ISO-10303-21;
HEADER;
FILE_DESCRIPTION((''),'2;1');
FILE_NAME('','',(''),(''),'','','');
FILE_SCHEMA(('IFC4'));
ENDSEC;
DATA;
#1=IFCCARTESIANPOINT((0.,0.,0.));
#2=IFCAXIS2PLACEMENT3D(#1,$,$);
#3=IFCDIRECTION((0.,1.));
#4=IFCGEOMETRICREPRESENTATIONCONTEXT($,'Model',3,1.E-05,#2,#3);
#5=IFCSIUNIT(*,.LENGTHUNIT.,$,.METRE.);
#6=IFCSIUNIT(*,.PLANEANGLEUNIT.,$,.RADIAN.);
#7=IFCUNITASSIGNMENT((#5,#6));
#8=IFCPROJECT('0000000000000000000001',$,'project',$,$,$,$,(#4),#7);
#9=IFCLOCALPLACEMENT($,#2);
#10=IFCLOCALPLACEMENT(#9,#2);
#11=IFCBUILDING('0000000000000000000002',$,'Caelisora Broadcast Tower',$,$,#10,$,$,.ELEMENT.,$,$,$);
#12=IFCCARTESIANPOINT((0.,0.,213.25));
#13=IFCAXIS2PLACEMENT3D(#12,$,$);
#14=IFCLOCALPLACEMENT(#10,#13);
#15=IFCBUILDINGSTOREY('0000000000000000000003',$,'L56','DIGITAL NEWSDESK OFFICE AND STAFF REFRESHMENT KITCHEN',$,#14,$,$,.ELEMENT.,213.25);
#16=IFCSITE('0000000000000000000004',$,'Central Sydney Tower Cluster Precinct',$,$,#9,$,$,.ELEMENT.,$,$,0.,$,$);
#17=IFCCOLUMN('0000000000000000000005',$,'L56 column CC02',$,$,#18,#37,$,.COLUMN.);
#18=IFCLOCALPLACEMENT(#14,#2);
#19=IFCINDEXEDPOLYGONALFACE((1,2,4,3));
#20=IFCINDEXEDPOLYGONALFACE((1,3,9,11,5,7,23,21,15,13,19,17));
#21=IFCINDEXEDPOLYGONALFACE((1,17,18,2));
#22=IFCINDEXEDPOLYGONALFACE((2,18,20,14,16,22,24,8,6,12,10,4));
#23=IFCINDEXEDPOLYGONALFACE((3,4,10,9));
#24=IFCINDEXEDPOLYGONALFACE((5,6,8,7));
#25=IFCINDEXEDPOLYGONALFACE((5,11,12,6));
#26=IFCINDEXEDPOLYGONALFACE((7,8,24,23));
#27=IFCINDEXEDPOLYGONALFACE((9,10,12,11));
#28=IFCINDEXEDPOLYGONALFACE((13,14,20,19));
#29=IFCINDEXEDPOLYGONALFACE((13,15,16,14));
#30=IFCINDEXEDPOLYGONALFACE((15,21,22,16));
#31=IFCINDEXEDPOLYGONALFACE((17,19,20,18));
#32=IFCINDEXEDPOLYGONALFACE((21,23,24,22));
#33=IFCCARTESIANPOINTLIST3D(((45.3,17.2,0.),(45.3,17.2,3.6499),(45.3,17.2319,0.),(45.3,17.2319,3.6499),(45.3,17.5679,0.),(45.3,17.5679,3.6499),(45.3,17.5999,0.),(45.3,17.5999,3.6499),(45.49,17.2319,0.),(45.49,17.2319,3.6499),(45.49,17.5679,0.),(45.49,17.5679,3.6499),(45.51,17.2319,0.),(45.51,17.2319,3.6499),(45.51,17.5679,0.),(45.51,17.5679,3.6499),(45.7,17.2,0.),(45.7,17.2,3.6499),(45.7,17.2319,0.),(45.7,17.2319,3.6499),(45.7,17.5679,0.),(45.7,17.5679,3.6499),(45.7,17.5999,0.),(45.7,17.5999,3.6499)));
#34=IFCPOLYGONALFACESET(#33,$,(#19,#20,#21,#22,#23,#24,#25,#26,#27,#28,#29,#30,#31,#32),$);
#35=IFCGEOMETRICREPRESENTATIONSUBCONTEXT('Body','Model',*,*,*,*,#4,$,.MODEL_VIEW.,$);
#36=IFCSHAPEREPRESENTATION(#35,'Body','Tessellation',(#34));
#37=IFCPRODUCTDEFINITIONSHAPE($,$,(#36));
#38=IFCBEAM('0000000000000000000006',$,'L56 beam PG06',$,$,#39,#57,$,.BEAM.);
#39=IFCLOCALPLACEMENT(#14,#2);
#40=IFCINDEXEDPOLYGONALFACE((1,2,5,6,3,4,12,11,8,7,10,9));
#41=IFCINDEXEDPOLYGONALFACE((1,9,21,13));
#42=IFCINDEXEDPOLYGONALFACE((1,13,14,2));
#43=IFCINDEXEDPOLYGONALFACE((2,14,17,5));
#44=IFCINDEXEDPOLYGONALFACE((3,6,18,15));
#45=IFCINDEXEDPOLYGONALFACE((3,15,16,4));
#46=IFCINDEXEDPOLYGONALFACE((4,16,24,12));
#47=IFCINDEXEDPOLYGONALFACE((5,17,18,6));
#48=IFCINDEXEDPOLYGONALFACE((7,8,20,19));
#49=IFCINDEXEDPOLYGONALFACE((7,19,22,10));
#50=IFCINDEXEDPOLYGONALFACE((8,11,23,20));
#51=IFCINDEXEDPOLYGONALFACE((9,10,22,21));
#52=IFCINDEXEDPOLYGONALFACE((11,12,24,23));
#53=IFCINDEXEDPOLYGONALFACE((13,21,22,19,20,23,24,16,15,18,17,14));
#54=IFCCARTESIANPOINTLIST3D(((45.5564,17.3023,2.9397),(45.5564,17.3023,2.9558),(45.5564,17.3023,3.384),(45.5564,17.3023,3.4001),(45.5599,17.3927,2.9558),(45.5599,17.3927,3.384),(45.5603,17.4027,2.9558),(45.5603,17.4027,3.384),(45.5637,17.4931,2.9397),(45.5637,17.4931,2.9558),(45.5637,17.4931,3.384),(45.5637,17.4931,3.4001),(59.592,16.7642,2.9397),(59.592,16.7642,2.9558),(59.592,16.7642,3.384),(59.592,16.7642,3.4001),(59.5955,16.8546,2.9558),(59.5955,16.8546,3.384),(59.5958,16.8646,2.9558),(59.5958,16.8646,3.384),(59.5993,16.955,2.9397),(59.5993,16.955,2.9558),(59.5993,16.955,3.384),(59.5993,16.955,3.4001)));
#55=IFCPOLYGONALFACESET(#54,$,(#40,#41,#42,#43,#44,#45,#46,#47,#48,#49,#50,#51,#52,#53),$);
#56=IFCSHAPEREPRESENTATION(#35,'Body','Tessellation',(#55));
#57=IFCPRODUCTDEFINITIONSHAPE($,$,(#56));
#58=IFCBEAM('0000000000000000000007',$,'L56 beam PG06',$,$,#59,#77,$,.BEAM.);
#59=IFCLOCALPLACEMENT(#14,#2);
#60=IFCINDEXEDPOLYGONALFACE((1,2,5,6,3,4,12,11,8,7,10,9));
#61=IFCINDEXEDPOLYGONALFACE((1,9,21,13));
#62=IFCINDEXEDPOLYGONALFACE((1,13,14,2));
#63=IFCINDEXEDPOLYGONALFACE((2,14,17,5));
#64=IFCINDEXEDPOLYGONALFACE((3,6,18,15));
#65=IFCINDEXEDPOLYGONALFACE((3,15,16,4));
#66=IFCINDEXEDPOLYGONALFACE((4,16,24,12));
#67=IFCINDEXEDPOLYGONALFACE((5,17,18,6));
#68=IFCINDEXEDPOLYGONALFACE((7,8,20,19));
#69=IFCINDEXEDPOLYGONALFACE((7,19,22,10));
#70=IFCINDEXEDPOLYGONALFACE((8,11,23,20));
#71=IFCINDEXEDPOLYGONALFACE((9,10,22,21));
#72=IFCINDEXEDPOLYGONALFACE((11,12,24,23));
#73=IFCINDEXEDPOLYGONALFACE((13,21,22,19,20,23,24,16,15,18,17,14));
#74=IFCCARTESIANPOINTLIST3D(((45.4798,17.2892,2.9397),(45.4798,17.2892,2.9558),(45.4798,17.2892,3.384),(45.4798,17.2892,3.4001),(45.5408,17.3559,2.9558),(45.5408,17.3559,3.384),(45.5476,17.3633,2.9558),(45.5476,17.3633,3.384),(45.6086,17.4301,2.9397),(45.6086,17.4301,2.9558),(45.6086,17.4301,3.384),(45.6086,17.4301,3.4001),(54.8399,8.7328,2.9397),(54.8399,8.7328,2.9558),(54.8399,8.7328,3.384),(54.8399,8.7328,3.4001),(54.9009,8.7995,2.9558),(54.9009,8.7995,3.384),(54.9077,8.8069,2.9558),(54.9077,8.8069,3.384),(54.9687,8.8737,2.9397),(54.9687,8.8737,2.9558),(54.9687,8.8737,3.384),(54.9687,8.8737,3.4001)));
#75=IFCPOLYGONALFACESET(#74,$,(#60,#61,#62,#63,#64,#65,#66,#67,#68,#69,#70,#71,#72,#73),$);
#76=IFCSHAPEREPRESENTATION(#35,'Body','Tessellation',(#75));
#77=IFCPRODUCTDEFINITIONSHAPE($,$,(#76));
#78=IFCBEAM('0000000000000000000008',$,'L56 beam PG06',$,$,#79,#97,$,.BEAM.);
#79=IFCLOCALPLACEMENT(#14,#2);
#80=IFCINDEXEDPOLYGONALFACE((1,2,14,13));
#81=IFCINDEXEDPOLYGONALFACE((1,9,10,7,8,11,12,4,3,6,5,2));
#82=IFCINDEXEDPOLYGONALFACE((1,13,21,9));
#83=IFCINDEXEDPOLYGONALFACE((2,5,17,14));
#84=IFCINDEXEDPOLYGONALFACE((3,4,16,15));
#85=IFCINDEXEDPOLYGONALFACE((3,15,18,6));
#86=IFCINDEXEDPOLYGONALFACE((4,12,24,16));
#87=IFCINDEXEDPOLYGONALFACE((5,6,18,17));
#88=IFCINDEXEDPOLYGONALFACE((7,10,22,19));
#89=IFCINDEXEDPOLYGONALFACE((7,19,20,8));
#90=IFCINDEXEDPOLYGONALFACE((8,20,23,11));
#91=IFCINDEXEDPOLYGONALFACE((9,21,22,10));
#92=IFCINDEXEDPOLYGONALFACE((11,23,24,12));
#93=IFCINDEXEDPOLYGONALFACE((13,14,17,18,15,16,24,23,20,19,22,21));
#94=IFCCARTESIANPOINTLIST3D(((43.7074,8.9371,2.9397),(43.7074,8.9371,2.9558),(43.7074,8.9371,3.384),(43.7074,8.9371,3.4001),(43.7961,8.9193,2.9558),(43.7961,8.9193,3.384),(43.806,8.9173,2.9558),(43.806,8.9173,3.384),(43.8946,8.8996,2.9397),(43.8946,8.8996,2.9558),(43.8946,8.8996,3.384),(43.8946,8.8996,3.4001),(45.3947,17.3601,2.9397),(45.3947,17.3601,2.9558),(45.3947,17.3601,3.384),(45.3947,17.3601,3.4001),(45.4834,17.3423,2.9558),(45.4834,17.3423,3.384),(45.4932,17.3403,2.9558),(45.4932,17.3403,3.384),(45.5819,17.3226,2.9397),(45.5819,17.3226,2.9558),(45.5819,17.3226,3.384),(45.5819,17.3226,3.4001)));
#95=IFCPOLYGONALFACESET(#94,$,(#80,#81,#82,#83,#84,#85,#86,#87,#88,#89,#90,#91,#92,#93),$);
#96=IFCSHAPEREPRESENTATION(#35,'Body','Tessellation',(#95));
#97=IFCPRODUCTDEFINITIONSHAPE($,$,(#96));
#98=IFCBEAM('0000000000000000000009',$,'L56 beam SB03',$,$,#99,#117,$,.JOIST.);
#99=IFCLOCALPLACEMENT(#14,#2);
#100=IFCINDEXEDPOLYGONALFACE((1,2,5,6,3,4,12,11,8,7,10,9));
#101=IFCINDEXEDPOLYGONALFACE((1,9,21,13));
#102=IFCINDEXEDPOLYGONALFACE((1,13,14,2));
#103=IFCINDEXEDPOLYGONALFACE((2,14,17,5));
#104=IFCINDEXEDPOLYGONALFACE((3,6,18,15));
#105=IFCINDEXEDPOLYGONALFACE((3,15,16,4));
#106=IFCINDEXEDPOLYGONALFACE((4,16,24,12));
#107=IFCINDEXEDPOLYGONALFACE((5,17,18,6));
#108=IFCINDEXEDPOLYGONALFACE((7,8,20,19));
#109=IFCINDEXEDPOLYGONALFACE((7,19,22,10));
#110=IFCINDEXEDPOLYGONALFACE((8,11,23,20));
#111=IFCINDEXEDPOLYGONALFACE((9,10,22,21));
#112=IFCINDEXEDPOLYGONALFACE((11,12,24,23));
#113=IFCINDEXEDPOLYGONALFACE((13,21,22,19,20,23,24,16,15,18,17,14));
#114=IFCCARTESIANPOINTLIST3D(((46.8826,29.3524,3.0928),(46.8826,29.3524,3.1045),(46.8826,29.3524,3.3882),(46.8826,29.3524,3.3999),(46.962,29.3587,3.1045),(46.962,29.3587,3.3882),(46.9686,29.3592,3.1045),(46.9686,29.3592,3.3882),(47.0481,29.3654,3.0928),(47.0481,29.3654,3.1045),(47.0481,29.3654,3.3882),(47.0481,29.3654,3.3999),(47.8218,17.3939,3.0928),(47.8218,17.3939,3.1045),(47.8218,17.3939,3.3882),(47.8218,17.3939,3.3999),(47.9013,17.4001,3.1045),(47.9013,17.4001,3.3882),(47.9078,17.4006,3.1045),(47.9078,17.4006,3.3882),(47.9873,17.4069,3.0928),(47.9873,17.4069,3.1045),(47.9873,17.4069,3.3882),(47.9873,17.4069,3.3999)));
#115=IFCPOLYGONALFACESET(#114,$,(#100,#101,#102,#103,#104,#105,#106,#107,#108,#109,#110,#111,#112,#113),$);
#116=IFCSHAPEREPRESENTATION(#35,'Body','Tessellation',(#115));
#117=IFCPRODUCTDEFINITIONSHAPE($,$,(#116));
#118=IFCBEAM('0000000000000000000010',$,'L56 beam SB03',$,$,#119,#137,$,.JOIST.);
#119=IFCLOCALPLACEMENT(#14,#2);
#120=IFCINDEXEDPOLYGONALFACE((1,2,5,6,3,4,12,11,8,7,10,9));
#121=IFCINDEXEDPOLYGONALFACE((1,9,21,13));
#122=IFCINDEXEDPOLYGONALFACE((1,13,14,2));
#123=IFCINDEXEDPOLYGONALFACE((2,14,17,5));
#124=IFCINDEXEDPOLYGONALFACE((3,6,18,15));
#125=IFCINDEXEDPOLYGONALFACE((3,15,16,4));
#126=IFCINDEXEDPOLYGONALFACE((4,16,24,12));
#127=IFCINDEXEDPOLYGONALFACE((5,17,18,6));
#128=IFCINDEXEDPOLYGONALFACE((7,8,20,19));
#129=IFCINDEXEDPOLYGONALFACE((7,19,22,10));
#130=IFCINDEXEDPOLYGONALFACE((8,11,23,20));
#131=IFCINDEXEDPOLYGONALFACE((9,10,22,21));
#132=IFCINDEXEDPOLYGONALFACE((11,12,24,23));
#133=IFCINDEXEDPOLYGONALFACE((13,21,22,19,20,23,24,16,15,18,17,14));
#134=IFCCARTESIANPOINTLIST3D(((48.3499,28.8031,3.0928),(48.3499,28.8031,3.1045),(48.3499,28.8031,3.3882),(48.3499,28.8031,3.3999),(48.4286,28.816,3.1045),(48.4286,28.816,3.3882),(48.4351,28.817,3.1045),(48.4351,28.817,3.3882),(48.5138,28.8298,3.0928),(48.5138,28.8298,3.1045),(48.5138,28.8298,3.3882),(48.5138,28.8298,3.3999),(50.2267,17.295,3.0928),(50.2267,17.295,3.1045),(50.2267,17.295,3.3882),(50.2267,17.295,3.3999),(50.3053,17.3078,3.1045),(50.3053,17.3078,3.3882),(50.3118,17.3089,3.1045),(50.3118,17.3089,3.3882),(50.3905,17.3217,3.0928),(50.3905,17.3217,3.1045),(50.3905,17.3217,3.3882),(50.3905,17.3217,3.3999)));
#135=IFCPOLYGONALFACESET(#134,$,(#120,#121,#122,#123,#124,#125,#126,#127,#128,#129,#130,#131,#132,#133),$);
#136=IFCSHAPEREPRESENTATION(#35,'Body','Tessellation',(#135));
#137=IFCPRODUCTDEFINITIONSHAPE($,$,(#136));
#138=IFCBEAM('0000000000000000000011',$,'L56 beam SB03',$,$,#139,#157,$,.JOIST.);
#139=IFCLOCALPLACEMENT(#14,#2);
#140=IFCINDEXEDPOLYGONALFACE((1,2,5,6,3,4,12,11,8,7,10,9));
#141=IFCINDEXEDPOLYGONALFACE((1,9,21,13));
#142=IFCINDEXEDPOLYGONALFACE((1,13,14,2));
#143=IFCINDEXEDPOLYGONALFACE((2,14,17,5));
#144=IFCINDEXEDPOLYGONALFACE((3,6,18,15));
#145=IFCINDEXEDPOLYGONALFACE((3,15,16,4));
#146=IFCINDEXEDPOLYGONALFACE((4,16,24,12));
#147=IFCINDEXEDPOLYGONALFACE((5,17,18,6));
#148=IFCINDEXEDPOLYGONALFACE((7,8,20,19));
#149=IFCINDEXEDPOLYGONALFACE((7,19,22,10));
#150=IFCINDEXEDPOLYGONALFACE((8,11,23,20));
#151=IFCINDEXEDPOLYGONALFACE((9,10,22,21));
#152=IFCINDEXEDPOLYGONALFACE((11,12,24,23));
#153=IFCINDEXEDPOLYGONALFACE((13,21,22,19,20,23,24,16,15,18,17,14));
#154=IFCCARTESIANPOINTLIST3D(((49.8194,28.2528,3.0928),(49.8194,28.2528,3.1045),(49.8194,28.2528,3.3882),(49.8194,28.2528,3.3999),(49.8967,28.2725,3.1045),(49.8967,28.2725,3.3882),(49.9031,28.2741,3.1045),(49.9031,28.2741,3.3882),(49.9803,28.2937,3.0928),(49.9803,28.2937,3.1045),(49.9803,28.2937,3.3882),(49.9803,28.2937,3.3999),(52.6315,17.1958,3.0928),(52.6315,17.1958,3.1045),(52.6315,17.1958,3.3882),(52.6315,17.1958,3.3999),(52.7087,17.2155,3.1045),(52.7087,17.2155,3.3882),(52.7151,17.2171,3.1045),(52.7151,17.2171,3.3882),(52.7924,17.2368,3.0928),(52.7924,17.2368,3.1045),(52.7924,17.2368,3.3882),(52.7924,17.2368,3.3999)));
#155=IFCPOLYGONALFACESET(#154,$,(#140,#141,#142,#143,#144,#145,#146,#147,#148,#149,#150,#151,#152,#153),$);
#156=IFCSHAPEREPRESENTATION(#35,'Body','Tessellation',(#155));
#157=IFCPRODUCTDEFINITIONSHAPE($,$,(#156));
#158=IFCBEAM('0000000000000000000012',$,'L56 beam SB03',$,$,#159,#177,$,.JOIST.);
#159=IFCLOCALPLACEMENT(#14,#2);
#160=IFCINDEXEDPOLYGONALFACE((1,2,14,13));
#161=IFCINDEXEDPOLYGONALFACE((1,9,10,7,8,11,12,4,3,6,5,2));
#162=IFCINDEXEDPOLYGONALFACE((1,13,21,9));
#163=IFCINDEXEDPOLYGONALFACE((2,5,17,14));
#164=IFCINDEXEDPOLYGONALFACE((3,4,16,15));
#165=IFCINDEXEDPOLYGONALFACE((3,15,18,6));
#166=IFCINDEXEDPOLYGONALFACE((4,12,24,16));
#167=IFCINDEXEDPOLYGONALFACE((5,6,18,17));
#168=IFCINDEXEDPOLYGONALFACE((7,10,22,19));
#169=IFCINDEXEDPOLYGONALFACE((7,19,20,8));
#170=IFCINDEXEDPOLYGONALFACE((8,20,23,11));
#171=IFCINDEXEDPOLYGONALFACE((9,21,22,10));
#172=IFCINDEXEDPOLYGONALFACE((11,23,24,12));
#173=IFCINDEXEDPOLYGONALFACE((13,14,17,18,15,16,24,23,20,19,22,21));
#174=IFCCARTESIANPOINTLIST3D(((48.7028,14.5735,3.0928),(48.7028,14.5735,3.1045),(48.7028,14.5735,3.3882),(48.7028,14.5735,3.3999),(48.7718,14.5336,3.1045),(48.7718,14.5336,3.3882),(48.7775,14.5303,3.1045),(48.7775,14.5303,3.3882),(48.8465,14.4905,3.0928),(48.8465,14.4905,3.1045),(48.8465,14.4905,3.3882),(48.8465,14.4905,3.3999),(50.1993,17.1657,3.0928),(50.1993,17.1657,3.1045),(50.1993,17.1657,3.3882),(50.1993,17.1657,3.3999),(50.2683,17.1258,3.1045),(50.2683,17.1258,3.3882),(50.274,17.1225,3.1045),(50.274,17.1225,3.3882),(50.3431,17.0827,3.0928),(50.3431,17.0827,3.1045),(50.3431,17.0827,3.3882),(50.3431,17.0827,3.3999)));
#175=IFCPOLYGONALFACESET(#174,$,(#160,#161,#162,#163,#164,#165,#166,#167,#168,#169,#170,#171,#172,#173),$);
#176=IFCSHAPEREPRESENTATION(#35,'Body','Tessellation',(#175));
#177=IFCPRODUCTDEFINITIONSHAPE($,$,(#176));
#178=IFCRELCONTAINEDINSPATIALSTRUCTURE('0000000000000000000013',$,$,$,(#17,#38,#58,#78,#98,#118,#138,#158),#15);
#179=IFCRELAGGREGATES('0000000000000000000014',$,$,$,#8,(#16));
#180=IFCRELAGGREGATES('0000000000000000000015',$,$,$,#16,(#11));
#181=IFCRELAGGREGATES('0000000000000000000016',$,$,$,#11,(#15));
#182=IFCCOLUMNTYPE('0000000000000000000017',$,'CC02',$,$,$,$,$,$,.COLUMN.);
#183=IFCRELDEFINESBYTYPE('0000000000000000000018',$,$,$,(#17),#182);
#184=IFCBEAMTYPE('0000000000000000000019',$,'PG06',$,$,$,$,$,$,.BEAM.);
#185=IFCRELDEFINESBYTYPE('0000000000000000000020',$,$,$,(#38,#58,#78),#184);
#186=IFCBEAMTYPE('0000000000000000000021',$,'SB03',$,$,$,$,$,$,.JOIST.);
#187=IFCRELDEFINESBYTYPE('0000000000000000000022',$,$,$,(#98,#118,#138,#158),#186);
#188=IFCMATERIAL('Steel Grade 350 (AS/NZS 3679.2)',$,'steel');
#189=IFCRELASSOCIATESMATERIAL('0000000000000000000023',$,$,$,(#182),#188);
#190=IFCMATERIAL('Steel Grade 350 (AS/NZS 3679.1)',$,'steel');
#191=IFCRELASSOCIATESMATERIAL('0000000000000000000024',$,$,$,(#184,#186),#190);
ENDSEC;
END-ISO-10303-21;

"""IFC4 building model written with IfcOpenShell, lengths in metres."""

from ifc_helpers import new_model, si_unit, direction, frame, origin, origin_2d, place, context, subcontext, project, spatial, i_section, extrude, source, transform, mapped, material, material_profile, profile_set, type_object, type_shapes, element, save


model = new_model("IFC4")

# Units and contexts
model_context = context("Model", 3, precision=1e-05, world=origin(), true_north=direction((0.0, 1.0)))
body_context = subcontext(model_context, "Body", "Model", "MODEL_VIEW")
ifc_project = project(units=[si_unit("LENGTHUNIT", "METRE"), si_unit("PLANEANGLEUNIT", "RADIAN")], contexts=[model_context])

# Site, building, storey
site_placement = place(None, origin())
site = spatial("IfcSite", under=ifc_project, at=site_placement, Name="Central Sydney Tower Cluster Precinct", CompositionType="ELEMENT", RefElevation=0.0)
building_placement = place(site_placement, origin())
building = spatial("IfcBuilding", under=site, at=building_placement, Name="Caelisora Broadcast Tower", CompositionType="ELEMENT")
storey_placement = place(building_placement, frame((0.0, 0.0, 213.25)))
storey = spatial("IfcBuildingStorey", under=building, at=storey_placement, Name="L56", Description="DIGITAL NEWSDESK OFFICE AND STAFF REFRESHMENT KITCHEN", CompositionType="ELEMENT", Elevation=213.25)

# Column
ifc_material_1 = material(Name="Steel Grade 350 (AS/NZS 3679.2)", Category="steel")
ifc_material_profile_1 = material_profile(ifc_material_1, i_section(OverallWidth=0.3999, OverallDepth=0.3999, WebThickness=0.02, FlangeThickness=0.032, at=origin_2d()), Name="Steel Grade 350 (AS/NZS 3679.2)")
ifc_profile_set_1 = profile_set([ifc_material_profile_1], Name="Steel Grade 350 (AS/NZS 3679.2)")
column_type = type_object("IfcColumnType", Name="CC02", PredefinedType="COLUMN", material=ifc_profile_set_1)
shared_shape_1 = source(origin(), body_context, "Body", "SweptSolid", [
    extrude(i_section(OverallWidth=0.3999, OverallDepth=0.3999, WebThickness=0.02, FlangeThickness=0.032, at=origin_2d()), origin(), (0.0, 0.0, 1.0), 3.6499),
])
type_shapes(column_type, [shared_shape_1])
column_placement = place(storey_placement, frame((45.5, 17.3999, 0.0), z_axis=(0.0, 0.0, 1.0), x_axis=(1.0, 0.0, 0.0)))
element("IfcColumn", 1, at=column_placement, inside=storey, type_object=column_type, Name="L56 column CC02", PredefinedType="COLUMN", context=body_context, shape_type="MappedRepresentation", body=[
    mapped(shared_shape_1, transform((0.0, 0.0, 0.0), scale=1.0)),
])

# Beams
ifc_material_2 = material(Name="Steel Grade 350 (AS/NZS 3679.1)", Category="steel")
ifc_material_profile_2 = material_profile(ifc_material_2, i_section(OverallWidth=0.1909, OverallDepth=0.4604, WebThickness=0.01, FlangeThickness=0.0161, at=origin_2d()), Name="Steel Grade 350 (AS/NZS 3679.1)")
ifc_profile_set_2 = profile_set([ifc_material_profile_2], Name="Steel Grade 350 (AS/NZS 3679.1)")
beam_type_1 = type_object("IfcBeamType", Name="PG06", PredefinedType="BEAM", material=ifc_profile_set_2)
shared_shape_2 = source(origin(), body_context, "Body", "SweptSolid", [
    extrude(i_section(OverallWidth=0.1909, OverallDepth=0.4604, WebThickness=0.01, FlangeThickness=0.0161, at=origin_2d()), origin(), (0.0, 0.0, 1.0), 14.0459),
])
beam_1_placement = place(storey_placement, frame((45.5601, 17.3977, 3.1699), z_axis=(0.999266, -0.038309, 0.0), x_axis=(0.038309, 0.999266, 0.0)))
element("IfcBeam", 2, at=beam_1_placement, inside=storey, type_object=beam_type_1, Name="L56 beam PG06", PredefinedType="BEAM", context=body_context, shape_type="MappedRepresentation", body=[
    mapped(shared_shape_2, transform((0.0, 0.0, 0.0), scale=1.0)),
])
shared_shape_3 = source(origin(), body_context, "Body", "SweptSolid", [
    extrude(i_section(OverallWidth=0.1909, OverallDepth=0.4604, WebThickness=0.01, FlangeThickness=0.0161, at=origin_2d()), origin(), (0.0, 0.0, 1.0), 12.6816),
])
beam_2_placement = place(storey_placement, frame((45.5442, 17.3596, 3.1699), z_axis=(0.738084, -0.674708, 0.0), x_axis=(0.674708, 0.738084, 0.0)))
element("IfcBeam", 3, at=beam_2_placement, inside=storey, type_object=beam_type_1, Name="L56 beam PG06", PredefinedType="BEAM", context=body_context, shape_type="MappedRepresentation", body=[
    mapped(shared_shape_3, transform((0.0, 0.0, 0.0), scale=1.0)),
])
shared_shape_4 = source(origin(), body_context, "Body", "SweptSolid", [
    extrude(i_section(OverallWidth=0.1909, OverallDepth=0.4604, WebThickness=0.01, FlangeThickness=0.0161, at=origin_2d()), origin(), (0.0, 0.0, 1.0), 8.5903),
])
type_shapes(beam_type_1, [shared_shape_2, shared_shape_3, shared_shape_4])
beam_3_placement = place(storey_placement, frame((45.4883, 17.3413, 3.1699), z_axis=(-0.196411, -0.980522, 0.0), x_axis=(0.980522, -0.196411, 0.0)))
element("IfcBeam", 4, at=beam_3_placement, inside=storey, type_object=beam_type_1, Name="L56 beam PG06", PredefinedType="BEAM", context=body_context, shape_type="MappedRepresentation", body=[
    mapped(shared_shape_4, transform((0.0, 0.0, 0.0), scale=1.0)),
])
ifc_material_profile_3 = material_profile(ifc_material_2, i_section(OverallWidth=0.166, OverallDepth=0.3071, WebThickness=0.0066, FlangeThickness=0.0117, at=origin_2d()), Name="Steel Grade 350 (AS/NZS 3679.1)")
ifc_profile_set_3 = profile_set([ifc_material_profile_3], Name="Steel Grade 350 (AS/NZS 3679.1)")
beam_type_2 = type_object("IfcBeamType", Name="SB03", PredefinedType="JOIST", material=ifc_profile_set_3)
shared_shape_5 = source(origin(), body_context, "Body", "SweptSolid", [
    extrude(i_section(OverallWidth=0.166, OverallDepth=0.3071, WebThickness=0.0066, FlangeThickness=0.0117, at=origin_2d()), origin(), (0.0, 0.0, 1.0), 11.9954),
])
beam_4_placement = place(storey_placement, frame((47.9045, 17.4004, 3.2463), z_axis=(-0.078298, 0.99693, 0.0), x_axis=(-0.99693, -0.078298, 0.0)))
element("IfcBeam", 5, at=beam_4_placement, inside=storey, type_object=beam_type_2, Name="L56 beam SB03", PredefinedType="JOIST", context=body_context, shape_type="MappedRepresentation", body=[
    mapped(shared_shape_5, transform((0.0, 0.0, 0.0), scale=1.0)),
])
shared_shape_6 = source(origin(), body_context, "Body", "SweptSolid", [
    extrude(i_section(OverallWidth=0.166, OverallDepth=0.3071, WebThickness=0.0066, FlangeThickness=0.0117, at=origin_2d()), origin(), (0.0, 0.0, 1.0), 11.6602),
])
beam_5_placement = place(storey_placement, frame((50.3086, 17.3083, 3.2463), z_axis=(-0.160952, 0.986962, 0.0), x_axis=(-0.986962, -0.160952, 0.0)))
element("IfcBeam", 6, at=beam_5_placement, inside=storey, type_object=beam_type_2, Name="L56 beam SB03", PredefinedType="JOIST", context=body_context, shape_type="MappedRepresentation", body=[
    mapped(shared_shape_6, transform((0.0, 0.0, 0.0), scale=1.0)),
])
shared_shape_7 = source(origin(), body_context, "Body", "SweptSolid", [
    extrude(i_section(OverallWidth=0.166, OverallDepth=0.3071, WebThickness=0.0066, FlangeThickness=0.0117, at=origin_2d()), origin(), (0.0, 0.0, 1.0), 11.4089),
])
beam_6_placement = place(storey_placement, frame((52.7119, 17.2163, 3.2463), z_axis=(-0.246476, 0.969149, 0.0), x_axis=(-0.969149, -0.246476, 0.0)))
element("IfcBeam", 7, at=beam_6_placement, inside=storey, type_object=beam_type_2, Name="L56 beam SB03", PredefinedType="JOIST", context=body_context, shape_type="MappedRepresentation", body=[
    mapped(shared_shape_7, transform((0.0, 0.0, 0.0), scale=1.0)),
])
shared_shape_8 = source(origin(), body_context, "Body", "SweptSolid", [
    extrude(i_section(OverallWidth=0.166, OverallDepth=0.3071, WebThickness=0.0066, FlangeThickness=0.0117, at=origin_2d()), origin(), (0.0, 0.0, 1.0), 2.9932),
])
beam_7_placement = place(storey_placement, frame((48.7747, 14.532, 3.2463), z_axis=(0.499981, 0.866036, 0.0), x_axis=(-0.866036, 0.499981, 0.0)))
element("IfcBeam", 8, at=beam_7_placement, inside=storey, type_object=beam_type_2, Name="L56 beam SB03", PredefinedType="JOIST", context=body_context, shape_type="MappedRepresentation", body=[
    mapped(shared_shape_8, transform((0.0, 0.0, 0.0), scale=1.0)),
])

save(model, "model.ifc")
